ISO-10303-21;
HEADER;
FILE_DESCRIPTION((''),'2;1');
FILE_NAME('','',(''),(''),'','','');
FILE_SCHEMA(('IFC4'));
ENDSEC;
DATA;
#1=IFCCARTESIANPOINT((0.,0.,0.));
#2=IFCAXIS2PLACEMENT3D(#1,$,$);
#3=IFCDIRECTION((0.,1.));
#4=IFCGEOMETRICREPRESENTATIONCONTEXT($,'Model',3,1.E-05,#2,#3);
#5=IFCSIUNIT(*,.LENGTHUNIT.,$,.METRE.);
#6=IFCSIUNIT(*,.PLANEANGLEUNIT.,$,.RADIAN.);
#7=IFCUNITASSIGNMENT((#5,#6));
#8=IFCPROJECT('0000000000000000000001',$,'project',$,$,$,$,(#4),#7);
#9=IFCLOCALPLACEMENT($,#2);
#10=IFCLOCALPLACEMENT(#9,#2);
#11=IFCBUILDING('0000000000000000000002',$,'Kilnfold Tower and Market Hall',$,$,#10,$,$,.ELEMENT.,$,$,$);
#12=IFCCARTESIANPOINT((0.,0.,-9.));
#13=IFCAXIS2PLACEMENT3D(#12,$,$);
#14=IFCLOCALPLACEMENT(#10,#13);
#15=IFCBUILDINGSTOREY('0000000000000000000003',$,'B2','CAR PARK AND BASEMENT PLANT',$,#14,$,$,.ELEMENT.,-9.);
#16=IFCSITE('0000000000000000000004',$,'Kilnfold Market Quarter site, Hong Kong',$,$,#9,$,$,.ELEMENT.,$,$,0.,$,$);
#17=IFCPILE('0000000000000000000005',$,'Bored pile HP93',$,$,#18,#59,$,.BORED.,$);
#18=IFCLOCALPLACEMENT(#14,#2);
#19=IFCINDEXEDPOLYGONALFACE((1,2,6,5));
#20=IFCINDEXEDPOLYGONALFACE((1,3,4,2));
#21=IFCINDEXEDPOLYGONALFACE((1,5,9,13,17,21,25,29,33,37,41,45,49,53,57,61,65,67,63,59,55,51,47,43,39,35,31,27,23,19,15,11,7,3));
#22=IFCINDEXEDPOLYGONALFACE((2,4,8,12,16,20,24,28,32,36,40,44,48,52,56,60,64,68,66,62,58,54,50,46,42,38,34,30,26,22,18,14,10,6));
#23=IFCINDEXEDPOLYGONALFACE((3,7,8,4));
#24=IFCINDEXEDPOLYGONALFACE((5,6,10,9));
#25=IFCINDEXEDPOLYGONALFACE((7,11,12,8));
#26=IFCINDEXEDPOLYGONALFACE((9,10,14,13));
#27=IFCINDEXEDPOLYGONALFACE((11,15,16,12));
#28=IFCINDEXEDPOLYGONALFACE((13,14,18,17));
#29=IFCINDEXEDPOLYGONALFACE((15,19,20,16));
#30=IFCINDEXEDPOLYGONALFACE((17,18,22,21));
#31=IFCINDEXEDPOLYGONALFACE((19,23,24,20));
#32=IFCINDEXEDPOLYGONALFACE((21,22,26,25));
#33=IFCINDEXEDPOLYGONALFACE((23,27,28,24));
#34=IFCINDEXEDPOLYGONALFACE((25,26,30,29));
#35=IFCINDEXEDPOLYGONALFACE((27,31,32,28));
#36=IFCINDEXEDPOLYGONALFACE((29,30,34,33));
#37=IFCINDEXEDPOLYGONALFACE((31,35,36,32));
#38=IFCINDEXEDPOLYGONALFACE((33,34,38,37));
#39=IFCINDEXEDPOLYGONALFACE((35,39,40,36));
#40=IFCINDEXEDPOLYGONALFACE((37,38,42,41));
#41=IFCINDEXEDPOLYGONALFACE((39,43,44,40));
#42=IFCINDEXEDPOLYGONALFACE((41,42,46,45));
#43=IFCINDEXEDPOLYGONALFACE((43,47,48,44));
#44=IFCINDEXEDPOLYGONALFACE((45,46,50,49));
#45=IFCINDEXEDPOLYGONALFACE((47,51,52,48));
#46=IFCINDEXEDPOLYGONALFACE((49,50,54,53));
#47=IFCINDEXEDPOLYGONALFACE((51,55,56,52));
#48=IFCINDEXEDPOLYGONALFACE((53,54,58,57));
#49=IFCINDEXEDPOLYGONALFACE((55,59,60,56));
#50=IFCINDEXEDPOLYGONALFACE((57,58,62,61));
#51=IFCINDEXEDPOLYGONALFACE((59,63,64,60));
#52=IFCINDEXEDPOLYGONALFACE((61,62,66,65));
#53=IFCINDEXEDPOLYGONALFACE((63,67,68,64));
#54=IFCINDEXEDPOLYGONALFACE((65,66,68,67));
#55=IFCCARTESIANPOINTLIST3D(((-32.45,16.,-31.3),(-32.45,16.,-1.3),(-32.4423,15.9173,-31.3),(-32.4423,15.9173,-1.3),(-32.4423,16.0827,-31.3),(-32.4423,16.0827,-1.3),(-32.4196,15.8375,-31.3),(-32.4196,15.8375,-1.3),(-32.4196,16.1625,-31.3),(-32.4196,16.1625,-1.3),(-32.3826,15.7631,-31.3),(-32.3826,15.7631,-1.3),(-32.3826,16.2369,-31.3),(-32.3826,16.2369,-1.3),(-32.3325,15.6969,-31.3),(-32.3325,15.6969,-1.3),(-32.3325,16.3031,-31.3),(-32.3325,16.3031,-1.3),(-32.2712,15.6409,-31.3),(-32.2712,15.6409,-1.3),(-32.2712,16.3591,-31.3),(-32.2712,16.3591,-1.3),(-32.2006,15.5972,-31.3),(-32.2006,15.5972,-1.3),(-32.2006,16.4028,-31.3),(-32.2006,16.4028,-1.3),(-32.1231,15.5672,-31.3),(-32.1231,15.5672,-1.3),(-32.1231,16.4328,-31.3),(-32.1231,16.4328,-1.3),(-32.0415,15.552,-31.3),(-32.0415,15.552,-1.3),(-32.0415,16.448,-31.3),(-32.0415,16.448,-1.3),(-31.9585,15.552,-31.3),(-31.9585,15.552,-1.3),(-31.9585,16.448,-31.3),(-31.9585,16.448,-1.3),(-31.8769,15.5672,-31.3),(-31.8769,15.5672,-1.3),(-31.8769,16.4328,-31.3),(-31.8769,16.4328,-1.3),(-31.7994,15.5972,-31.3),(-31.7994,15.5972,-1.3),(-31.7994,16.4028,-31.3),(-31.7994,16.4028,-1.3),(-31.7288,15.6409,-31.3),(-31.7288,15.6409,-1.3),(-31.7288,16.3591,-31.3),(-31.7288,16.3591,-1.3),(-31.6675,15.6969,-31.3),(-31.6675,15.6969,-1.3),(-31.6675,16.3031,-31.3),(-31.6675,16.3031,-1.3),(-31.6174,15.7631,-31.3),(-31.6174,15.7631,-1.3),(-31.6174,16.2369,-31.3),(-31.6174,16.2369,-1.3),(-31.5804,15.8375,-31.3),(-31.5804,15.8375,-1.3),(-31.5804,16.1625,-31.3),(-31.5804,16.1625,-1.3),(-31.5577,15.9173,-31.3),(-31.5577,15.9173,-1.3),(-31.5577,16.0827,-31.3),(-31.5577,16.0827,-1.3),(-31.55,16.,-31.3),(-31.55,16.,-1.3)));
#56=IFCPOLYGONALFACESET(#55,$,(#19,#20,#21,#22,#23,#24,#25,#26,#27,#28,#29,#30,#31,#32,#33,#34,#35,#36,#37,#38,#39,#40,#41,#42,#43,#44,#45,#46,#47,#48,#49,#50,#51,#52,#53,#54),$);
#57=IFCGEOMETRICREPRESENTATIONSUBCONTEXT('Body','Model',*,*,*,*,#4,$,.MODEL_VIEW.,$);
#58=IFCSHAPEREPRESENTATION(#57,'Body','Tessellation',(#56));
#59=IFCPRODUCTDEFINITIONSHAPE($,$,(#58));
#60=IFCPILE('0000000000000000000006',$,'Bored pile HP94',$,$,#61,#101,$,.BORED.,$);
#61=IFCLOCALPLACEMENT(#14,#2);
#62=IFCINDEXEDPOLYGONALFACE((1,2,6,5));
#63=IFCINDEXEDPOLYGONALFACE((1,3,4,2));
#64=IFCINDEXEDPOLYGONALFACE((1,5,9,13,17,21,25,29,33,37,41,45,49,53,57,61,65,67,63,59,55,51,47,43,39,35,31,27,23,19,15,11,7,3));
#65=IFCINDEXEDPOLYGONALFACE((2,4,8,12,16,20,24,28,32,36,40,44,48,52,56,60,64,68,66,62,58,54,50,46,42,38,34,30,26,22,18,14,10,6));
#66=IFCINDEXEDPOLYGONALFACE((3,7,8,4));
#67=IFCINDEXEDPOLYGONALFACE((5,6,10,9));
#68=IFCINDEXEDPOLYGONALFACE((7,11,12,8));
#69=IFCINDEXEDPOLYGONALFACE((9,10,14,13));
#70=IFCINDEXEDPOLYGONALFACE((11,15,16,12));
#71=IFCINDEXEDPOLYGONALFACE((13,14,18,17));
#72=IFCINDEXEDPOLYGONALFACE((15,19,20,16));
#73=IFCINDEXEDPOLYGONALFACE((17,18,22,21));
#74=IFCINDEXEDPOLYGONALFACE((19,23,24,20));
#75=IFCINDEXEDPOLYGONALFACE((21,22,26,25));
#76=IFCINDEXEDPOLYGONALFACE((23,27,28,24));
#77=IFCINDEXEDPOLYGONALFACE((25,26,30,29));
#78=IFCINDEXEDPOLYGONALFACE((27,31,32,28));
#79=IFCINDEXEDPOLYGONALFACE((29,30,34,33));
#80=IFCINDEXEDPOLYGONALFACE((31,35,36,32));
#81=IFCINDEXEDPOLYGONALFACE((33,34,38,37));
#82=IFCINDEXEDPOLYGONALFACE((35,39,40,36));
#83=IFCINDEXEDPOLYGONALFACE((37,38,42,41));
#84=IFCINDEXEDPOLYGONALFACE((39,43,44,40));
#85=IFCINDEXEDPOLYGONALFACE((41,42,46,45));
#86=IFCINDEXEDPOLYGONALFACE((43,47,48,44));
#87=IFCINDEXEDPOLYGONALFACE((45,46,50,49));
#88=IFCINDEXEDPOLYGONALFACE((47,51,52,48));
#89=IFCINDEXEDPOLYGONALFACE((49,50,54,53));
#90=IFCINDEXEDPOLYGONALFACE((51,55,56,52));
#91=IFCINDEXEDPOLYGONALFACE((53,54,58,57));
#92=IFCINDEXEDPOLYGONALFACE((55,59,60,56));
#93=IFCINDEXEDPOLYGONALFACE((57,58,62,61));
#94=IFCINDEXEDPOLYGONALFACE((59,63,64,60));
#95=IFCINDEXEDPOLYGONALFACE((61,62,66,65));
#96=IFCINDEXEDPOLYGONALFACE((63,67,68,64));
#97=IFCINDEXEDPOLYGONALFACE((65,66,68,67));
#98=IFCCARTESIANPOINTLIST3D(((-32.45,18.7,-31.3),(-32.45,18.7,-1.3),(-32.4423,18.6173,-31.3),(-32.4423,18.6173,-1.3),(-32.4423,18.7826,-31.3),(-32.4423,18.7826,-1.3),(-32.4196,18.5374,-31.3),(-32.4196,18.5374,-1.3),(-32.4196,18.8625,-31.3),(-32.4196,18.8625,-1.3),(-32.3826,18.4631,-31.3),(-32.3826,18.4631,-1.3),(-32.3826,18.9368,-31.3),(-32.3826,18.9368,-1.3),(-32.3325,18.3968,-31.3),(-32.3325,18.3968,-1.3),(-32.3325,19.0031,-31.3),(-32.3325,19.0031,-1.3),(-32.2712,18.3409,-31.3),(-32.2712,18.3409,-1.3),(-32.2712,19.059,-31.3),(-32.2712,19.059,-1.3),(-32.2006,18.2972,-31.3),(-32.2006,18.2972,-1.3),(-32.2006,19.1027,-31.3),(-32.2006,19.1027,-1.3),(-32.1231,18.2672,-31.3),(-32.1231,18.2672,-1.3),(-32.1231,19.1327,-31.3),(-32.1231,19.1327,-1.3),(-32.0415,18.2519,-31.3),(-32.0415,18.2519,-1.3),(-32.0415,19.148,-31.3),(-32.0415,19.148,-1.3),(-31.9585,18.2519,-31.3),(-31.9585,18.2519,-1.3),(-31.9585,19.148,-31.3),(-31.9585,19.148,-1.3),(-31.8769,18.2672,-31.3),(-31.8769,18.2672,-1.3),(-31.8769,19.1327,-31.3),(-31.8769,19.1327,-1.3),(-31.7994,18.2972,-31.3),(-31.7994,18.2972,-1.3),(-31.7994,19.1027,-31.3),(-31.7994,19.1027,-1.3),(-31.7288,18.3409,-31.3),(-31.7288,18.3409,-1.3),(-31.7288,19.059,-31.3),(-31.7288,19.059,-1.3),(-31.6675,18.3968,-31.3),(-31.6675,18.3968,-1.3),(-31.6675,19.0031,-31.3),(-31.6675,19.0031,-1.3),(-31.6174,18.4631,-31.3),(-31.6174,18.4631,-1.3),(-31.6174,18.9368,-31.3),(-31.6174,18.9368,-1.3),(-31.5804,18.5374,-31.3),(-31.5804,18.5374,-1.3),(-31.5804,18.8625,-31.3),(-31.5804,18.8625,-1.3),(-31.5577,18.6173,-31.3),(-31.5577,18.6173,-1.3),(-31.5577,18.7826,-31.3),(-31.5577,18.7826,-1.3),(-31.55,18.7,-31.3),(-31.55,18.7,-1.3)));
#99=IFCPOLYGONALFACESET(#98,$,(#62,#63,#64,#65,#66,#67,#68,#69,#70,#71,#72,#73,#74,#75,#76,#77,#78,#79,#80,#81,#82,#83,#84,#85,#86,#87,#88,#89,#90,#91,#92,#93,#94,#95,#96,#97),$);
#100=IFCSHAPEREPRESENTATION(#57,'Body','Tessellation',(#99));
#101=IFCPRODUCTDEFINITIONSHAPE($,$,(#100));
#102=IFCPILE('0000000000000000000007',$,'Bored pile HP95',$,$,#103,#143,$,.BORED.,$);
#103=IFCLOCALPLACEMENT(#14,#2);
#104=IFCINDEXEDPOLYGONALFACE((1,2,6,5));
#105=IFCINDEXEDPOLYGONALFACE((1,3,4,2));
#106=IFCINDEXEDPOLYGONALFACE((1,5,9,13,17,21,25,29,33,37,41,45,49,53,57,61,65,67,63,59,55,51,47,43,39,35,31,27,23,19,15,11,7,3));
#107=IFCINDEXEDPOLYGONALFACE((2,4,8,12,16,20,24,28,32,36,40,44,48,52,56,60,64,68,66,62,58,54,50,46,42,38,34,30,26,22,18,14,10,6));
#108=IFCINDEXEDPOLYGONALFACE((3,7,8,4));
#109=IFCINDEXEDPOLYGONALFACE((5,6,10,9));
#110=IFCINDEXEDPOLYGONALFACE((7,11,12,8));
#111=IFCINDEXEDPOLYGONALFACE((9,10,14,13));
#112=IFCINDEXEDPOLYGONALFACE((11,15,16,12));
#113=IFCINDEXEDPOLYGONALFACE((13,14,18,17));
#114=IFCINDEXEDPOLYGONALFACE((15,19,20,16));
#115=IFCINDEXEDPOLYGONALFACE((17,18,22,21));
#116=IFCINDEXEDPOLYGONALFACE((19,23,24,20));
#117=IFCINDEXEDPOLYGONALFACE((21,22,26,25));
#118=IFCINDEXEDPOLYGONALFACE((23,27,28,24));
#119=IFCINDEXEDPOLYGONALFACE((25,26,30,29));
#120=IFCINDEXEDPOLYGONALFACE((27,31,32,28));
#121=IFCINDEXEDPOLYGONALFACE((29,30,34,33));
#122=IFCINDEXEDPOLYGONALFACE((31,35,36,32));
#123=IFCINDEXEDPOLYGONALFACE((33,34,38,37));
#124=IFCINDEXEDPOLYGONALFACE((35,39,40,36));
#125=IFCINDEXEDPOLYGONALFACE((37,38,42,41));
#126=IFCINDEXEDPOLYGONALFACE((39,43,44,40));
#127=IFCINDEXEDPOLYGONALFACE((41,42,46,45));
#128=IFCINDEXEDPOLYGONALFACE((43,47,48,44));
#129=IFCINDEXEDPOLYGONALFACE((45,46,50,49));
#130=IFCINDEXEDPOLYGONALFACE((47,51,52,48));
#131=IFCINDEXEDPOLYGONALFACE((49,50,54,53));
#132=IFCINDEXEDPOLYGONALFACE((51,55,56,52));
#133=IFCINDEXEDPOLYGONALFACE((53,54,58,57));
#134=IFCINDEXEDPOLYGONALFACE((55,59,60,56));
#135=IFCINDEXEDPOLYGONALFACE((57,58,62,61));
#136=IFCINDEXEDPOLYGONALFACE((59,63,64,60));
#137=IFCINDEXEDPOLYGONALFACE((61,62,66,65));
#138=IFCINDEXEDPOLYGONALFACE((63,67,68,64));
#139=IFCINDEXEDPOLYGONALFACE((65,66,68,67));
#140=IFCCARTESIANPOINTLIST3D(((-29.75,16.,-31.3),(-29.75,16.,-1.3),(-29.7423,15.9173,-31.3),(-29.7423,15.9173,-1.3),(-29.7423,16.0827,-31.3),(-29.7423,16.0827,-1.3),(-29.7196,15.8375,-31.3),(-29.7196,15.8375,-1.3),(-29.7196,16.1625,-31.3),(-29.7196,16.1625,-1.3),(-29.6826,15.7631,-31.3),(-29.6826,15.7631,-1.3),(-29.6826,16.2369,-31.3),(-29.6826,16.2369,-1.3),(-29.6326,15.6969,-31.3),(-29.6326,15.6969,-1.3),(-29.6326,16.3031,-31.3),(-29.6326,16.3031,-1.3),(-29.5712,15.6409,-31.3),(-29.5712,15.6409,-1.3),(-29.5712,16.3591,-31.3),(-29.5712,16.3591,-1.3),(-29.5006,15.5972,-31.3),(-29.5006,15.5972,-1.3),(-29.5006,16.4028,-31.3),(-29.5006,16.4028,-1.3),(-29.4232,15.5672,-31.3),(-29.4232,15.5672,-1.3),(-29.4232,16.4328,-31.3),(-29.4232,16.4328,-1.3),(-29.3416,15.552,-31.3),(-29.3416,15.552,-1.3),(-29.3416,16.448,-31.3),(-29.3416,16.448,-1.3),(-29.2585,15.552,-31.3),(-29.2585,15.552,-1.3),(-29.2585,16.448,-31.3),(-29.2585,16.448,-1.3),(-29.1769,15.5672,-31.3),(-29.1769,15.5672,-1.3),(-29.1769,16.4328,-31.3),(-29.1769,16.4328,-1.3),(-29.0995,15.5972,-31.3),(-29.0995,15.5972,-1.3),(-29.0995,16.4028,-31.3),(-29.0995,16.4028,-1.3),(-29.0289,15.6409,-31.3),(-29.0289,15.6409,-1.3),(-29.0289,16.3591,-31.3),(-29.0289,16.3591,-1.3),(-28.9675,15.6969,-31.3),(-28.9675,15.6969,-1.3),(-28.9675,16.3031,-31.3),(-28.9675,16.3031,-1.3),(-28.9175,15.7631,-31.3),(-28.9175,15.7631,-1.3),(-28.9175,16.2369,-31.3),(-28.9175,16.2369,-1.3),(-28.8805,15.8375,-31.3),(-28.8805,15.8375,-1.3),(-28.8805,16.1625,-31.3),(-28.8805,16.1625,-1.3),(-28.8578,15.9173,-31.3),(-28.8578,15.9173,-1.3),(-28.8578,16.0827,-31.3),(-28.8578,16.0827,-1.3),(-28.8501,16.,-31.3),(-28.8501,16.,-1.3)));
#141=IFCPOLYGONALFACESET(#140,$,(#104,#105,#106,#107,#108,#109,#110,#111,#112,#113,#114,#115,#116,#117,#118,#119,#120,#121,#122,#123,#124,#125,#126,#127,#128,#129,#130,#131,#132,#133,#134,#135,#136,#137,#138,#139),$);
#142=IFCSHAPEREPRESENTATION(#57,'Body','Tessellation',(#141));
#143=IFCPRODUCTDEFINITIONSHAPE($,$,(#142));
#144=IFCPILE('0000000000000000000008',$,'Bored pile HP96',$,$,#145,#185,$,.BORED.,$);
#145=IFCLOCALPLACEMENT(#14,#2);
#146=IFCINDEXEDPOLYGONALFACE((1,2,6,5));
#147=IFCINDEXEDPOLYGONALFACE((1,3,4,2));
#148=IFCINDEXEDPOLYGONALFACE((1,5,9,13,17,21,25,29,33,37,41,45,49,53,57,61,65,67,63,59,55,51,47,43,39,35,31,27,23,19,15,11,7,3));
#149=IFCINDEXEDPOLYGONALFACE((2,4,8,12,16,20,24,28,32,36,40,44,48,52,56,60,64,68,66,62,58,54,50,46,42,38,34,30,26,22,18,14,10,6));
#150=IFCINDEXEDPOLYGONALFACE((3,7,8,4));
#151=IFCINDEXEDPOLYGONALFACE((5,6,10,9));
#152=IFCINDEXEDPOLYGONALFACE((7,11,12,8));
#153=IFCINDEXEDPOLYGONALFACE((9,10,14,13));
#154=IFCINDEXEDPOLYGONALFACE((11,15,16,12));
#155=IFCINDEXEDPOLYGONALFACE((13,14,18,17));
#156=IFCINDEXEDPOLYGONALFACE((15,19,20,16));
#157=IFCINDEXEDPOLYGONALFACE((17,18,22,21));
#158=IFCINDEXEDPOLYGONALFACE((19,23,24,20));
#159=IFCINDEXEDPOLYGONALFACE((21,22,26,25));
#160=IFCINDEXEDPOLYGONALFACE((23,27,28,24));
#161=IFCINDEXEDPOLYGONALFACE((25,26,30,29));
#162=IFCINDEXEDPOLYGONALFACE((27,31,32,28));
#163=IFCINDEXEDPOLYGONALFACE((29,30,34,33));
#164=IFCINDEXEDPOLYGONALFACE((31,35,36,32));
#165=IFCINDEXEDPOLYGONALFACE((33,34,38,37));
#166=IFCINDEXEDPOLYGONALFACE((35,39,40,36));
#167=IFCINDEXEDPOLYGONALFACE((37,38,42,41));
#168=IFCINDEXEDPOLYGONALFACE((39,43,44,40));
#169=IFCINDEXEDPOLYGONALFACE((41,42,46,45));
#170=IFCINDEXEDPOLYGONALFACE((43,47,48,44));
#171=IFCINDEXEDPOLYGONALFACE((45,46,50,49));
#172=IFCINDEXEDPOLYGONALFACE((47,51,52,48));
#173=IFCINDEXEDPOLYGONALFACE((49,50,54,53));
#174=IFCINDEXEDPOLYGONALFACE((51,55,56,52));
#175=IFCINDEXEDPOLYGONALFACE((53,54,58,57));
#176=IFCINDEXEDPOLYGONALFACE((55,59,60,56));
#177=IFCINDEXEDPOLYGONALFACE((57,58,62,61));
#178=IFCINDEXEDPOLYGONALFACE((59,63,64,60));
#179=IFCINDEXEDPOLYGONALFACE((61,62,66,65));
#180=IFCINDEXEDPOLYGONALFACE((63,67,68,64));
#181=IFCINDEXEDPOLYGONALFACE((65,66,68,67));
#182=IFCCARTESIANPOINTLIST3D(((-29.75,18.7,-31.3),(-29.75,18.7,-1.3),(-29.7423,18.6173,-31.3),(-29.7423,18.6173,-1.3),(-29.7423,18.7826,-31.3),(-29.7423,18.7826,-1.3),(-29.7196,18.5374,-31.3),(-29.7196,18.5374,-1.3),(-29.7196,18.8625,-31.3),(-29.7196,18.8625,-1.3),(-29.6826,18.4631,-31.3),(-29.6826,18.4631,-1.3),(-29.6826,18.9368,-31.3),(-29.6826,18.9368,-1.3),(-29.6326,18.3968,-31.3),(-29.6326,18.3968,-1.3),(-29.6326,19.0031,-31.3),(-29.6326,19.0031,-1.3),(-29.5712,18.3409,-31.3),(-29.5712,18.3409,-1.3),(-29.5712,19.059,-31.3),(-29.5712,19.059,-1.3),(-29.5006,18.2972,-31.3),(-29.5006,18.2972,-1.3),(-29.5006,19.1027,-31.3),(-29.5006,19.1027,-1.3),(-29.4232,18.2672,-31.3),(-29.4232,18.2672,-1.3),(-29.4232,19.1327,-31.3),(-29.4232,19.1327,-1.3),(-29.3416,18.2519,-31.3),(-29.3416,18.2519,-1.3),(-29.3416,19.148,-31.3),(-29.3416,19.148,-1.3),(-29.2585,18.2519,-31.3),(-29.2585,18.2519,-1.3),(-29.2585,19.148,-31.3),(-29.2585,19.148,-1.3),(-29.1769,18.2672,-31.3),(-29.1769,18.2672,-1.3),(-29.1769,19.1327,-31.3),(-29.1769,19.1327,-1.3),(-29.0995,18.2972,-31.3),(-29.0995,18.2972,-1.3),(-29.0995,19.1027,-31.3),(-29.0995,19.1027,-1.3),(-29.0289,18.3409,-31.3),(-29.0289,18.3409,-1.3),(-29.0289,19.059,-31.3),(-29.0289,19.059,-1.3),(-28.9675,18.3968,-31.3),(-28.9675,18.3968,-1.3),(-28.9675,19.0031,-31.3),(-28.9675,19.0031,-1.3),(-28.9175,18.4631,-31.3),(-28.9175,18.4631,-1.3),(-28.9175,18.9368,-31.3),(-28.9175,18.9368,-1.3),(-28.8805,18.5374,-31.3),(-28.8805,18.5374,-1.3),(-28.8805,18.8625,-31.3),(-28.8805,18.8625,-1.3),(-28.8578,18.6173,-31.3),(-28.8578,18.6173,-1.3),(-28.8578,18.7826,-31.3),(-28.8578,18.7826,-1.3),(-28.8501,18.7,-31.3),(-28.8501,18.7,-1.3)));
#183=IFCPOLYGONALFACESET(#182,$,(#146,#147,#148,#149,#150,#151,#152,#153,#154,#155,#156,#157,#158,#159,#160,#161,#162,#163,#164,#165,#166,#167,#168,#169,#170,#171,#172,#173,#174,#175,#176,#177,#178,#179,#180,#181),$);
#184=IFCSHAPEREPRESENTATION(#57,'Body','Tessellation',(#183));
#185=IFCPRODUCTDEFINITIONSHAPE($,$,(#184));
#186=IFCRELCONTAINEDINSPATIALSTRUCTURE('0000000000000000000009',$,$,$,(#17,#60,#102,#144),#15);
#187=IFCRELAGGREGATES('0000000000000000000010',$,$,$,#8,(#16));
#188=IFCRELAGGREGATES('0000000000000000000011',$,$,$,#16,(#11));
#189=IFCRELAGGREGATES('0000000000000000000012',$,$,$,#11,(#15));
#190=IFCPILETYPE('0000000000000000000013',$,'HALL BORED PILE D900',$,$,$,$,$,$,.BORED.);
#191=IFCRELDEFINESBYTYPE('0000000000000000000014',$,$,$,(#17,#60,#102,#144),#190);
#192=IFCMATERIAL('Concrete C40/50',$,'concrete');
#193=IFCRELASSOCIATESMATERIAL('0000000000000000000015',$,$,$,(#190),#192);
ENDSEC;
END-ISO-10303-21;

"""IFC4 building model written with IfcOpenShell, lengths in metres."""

from ifc_helpers import new_model, si_unit, direction, frame, origin, origin_2d, place, context, subcontext, project, spatial, circle, extrude, source, transform, mapped, material, material_profile, profile_set, type_object, element, save


model = new_model("IFC4")

# Units and contexts
model_context = context("Model", 3, precision=1e-05, world=origin(), true_north=direction((0.0, 1.0)))
body_context = subcontext(model_context, "Body", "Model", "MODEL_VIEW")
ifc_project = project(units=[si_unit("LENGTHUNIT", "METRE"), si_unit("PLANEANGLEUNIT", "RADIAN")], contexts=[model_context])

# Site, building, storey
site_placement = place(None, origin())
site = spatial("IfcSite", under=ifc_project, at=site_placement, Name="Kilnfold Market Quarter site, Hong Kong", CompositionType="ELEMENT", RefElevation=0.0)
building_placement = place(site_placement, origin())
building = spatial("IfcBuilding", under=site, at=building_placement, Name="Kilnfold Tower and Market Hall", CompositionType="ELEMENT")
storey_placement = place(building_placement, frame((0.0, 0.0, -9.0)))
storey = spatial("IfcBuildingStorey", under=building, at=storey_placement, Name="B2", Description="CAR PARK AND BASEMENT PLANT", CompositionType="ELEMENT", Elevation=-9.0)

# Piles
ifc_material_1 = material(Name="Concrete C40/50", Category="concrete")
ifc_material_profile_1 = material_profile(ifc_material_1, circle(Radius=0.45, at=origin_2d()), Name="D900")
ifc_profile_set_1 = profile_set([ifc_material_profile_1], Name="Concrete C40/50")
pile_type = type_object("IfcPileType", Name="HALL BORED PILE D900", PredefinedType="BORED", material=ifc_profile_set_1)
shared_shape_1 = source(origin(), body_context, "Body", "SweptSolid", [
    extrude(circle(Radius=0.45, at=origin_2d()), origin(), (0.0, 0.0, 1.0), 30.0),
])
for number, where, z_axis, x_axis, name in (
    (1, (-32.0, 16.0, -1.3), (0.0, 0.0, -1.0), (1.0, 0.0, 0.0), "Bored pile HP93"),
    (2, (-32.0, 18.7, -1.3), (0.0, 0.0, -1.0), (1.0, 0.0, 0.0), "Bored pile HP94"),
    (3, (-29.3, 16.0, -1.3), (0.0, 0.0, -1.0), (1.0, 0.0, 0.0), "Bored pile HP95"),
    (4, (-29.3, 18.7, -1.3), (0.0, 0.0, -1.0), (1.0, 0.0, 0.0), "Bored pile HP96"),
):
    element("IfcPile", number, at=place(storey_placement, frame(where, z_axis=z_axis, x_axis=x_axis)), inside=storey, type_object=pile_type, Name=name, PredefinedType="BORED", context=body_context, shape_type="MappedRepresentation", body=[
        mapped(shared_shape_1, transform((0.0, 0.0, 0.0))),
    ])

save(model, "model.ifc")
